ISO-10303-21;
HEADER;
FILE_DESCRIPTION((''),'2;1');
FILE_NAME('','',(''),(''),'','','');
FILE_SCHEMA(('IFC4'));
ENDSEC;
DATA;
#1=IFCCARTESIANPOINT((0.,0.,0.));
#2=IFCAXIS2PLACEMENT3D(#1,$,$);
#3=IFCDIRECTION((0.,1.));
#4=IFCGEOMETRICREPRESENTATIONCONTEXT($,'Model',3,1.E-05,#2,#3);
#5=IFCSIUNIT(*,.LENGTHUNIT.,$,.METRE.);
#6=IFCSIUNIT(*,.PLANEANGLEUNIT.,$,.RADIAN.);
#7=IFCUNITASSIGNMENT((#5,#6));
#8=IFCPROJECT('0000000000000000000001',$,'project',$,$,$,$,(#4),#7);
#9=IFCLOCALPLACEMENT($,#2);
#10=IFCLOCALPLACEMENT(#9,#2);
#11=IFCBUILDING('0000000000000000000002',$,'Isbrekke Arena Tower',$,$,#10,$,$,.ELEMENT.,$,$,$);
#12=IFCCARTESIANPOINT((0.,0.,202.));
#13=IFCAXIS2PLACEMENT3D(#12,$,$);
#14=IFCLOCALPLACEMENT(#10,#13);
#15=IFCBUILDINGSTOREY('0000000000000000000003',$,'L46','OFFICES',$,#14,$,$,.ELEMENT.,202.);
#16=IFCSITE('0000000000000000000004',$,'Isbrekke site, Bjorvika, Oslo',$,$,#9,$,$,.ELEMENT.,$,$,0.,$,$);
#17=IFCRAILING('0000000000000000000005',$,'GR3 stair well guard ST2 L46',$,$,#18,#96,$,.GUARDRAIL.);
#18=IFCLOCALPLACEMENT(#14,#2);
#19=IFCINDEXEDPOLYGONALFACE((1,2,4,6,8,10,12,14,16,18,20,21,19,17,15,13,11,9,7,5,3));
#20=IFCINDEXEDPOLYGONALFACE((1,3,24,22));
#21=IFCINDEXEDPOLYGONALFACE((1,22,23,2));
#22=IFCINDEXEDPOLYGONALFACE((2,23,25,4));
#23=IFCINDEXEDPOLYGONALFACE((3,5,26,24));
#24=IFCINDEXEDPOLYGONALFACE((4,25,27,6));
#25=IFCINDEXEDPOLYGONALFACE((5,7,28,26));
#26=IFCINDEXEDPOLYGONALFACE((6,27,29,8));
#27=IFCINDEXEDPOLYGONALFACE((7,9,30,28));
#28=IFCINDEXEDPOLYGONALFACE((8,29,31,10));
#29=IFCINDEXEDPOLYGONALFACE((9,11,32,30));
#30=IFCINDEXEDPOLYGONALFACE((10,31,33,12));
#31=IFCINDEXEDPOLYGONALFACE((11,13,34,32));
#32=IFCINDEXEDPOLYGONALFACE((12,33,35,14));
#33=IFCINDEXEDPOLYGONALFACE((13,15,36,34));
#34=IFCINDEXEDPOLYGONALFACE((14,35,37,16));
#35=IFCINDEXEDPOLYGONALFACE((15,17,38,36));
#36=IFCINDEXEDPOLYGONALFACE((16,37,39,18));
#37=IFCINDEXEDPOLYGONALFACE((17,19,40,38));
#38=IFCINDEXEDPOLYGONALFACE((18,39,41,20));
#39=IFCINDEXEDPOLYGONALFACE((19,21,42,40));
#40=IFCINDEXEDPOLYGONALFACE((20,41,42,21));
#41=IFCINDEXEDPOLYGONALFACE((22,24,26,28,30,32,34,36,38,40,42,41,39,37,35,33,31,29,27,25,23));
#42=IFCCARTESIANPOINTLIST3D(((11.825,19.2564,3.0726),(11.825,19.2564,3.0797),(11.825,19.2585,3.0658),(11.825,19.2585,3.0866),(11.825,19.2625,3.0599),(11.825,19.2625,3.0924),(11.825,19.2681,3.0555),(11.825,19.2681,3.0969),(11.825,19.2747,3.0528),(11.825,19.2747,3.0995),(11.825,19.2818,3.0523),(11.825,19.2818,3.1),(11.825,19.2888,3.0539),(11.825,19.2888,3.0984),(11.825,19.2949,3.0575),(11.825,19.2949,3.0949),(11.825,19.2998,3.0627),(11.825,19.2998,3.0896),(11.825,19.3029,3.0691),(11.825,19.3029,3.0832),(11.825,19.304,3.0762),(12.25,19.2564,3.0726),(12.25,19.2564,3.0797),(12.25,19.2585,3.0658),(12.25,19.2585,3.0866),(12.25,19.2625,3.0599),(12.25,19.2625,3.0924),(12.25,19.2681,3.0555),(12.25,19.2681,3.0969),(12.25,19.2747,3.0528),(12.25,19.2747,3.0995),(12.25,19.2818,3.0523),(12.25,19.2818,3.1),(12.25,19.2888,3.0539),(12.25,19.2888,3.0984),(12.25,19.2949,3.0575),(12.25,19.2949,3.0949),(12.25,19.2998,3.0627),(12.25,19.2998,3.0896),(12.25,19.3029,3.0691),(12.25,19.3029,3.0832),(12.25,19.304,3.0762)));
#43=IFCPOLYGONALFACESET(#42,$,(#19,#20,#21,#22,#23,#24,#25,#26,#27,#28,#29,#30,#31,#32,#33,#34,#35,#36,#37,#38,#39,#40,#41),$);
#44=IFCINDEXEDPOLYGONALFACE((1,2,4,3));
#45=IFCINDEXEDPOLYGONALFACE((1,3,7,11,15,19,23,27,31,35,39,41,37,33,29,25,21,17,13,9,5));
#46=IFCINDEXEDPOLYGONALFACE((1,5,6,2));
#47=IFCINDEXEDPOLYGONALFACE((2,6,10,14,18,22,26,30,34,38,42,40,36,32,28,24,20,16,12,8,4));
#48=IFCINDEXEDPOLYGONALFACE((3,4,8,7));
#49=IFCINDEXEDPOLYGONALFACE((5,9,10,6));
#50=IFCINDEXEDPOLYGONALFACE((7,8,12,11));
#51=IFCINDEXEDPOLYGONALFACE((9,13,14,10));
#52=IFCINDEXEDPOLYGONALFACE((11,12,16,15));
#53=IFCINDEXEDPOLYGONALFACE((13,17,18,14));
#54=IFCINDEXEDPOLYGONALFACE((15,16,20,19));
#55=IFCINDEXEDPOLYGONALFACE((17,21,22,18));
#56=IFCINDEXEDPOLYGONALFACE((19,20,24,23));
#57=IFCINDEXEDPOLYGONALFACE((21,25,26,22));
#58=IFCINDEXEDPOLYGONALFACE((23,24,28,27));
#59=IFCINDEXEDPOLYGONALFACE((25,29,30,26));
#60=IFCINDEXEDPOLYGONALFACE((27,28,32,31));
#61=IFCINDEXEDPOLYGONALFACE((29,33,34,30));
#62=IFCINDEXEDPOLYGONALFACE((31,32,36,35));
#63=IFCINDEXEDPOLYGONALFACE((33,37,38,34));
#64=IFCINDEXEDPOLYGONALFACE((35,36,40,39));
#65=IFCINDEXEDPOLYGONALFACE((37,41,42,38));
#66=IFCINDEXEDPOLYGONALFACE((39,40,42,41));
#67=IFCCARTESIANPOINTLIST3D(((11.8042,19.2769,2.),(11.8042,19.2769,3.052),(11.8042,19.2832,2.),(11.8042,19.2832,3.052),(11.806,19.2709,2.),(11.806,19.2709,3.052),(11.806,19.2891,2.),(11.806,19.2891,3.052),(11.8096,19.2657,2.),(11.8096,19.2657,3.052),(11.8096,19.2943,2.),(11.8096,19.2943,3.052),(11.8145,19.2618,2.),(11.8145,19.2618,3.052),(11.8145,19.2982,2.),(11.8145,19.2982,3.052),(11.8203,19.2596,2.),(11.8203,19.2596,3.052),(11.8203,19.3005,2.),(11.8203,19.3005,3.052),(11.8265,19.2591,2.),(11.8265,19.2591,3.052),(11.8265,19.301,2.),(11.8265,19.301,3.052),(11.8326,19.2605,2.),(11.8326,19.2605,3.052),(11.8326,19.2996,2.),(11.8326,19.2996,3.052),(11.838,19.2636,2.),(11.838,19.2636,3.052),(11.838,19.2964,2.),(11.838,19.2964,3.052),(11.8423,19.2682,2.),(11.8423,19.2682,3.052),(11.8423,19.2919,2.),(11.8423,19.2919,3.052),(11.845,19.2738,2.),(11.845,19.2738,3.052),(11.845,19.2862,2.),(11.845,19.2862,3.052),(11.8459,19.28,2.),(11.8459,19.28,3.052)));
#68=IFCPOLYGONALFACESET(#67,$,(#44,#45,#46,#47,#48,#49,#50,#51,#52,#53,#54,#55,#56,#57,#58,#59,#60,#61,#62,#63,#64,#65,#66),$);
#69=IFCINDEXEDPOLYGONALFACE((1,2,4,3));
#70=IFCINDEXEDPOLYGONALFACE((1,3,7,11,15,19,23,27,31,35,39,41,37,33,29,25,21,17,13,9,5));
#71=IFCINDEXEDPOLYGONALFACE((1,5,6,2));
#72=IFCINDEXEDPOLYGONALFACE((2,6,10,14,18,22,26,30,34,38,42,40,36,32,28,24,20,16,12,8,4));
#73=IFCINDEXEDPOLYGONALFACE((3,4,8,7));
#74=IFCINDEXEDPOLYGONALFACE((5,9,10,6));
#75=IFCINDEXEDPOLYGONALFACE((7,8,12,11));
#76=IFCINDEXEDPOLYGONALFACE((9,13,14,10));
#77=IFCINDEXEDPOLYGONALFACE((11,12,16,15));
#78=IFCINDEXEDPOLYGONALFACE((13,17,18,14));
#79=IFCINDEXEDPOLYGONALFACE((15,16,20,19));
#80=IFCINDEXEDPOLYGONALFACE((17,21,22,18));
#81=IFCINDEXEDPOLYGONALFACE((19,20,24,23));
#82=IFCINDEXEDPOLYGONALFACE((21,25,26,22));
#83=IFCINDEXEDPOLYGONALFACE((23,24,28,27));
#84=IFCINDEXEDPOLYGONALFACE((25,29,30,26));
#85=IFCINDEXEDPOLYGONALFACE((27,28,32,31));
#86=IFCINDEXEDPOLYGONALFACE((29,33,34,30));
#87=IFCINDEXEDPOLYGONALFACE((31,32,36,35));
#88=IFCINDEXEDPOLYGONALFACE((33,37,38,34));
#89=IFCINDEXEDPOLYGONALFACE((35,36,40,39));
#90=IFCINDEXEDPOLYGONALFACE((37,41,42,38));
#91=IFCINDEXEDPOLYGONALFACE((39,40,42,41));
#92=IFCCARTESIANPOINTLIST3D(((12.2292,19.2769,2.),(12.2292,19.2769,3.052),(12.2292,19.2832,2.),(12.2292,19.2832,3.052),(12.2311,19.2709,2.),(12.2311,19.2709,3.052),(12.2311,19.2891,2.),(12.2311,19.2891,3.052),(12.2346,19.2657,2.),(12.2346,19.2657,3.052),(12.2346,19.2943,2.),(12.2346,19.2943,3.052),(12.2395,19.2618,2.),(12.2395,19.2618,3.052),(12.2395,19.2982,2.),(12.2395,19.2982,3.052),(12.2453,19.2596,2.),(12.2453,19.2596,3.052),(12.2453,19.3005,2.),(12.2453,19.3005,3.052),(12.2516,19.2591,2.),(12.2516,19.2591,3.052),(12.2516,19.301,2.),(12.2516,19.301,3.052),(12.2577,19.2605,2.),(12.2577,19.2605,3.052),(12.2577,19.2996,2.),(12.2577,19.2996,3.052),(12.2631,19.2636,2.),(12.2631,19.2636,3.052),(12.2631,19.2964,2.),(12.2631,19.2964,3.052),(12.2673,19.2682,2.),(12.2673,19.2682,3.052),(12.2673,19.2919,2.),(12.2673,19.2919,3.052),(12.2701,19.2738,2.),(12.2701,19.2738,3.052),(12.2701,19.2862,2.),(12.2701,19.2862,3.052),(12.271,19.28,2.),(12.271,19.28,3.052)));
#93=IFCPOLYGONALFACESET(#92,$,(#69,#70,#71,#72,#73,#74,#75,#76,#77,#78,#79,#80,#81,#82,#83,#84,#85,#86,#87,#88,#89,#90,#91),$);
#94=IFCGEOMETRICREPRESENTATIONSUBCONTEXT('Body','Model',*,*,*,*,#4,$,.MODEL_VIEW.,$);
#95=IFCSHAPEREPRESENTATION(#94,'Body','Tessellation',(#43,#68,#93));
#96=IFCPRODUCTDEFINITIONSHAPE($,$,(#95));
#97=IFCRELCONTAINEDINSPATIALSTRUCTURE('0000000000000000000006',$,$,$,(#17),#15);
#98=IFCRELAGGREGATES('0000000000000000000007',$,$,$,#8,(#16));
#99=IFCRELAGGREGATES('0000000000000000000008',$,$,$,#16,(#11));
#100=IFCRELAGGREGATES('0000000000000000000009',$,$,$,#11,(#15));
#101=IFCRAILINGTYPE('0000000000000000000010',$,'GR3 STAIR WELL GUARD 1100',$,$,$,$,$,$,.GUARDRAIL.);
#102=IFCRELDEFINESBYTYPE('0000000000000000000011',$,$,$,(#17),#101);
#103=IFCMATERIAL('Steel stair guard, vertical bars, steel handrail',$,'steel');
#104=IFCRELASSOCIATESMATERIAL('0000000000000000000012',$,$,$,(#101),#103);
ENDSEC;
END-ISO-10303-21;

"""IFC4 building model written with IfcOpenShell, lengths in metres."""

from ifc_helpers import new_model, si_unit, direction, frame, origin, origin_2d, place, context, subcontext, project, spatial, circle, extrude, material, type_object, element, save


model = new_model("IFC4")

# Units and contexts
model_context = context("Model", 3, precision=1e-05, world=origin(), true_north=direction((0.0, 1.0)))
body_context = subcontext(model_context, "Body", "Model", "MODEL_VIEW")
ifc_project = project(units=[si_unit("LENGTHUNIT", "METRE"), si_unit("PLANEANGLEUNIT", "RADIAN")], contexts=[model_context])

# Site, building, storey
site_placement = place(None, origin())
site = spatial("IfcSite", under=ifc_project, at=site_placement, Name="Isbrekke site, Bjorvika, Oslo", CompositionType="ELEMENT", RefElevation=0.0)
building_placement = place(site_placement, origin())
building = spatial("IfcBuilding", under=site, at=building_placement, Name="Isbrekke Arena Tower", CompositionType="ELEMENT")
storey_placement = place(building_placement, frame((0.0, 0.0, 202.0)))
storey = spatial("IfcBuildingStorey", under=building, at=storey_placement, Name="L46", Description="OFFICES", CompositionType="ELEMENT", Elevation=202.0)

# Railing
ifc_material_1 = material(Name="Steel stair guard, vertical bars, steel handrail", Category="steel")
railing_type = type_object("IfcRailingType", Name="GR3 STAIR WELL GUARD 1100", PredefinedType="GUARDRAIL", material=ifc_material_1)
for number, where, name in (
    (1, (11.825, 19.28, 2.0), "GR3 stair well guard ST2 L46"),
):
    element("IfcRailing", number, at=place(storey_placement, frame(where)), inside=storey, type_object=railing_type, Name=name, PredefinedType="GUARDRAIL", context=body_context, shape_type="SweptSolid", body=[
        extrude(circle(Radius=0.0239, at=origin_2d()), frame((0.0, 0.0, 1.0762), z_axis=(1.0, 0.0, 0.0), x_axis=(0.0, 1.0, 0.0)), (0.0, 0.0, 1.0), 0.425),
        extrude(circle(Radius=0.021, at=origin_2d()), origin(), (0.0, 0.0, 1.0), 1.052),
        extrude(circle(Radius=0.021, at=origin_2d()), frame((0.425, 0.0, 0.0)), (0.0, 0.0, 1.0), 1.052),
    ])

save(model, "model.ifc")
